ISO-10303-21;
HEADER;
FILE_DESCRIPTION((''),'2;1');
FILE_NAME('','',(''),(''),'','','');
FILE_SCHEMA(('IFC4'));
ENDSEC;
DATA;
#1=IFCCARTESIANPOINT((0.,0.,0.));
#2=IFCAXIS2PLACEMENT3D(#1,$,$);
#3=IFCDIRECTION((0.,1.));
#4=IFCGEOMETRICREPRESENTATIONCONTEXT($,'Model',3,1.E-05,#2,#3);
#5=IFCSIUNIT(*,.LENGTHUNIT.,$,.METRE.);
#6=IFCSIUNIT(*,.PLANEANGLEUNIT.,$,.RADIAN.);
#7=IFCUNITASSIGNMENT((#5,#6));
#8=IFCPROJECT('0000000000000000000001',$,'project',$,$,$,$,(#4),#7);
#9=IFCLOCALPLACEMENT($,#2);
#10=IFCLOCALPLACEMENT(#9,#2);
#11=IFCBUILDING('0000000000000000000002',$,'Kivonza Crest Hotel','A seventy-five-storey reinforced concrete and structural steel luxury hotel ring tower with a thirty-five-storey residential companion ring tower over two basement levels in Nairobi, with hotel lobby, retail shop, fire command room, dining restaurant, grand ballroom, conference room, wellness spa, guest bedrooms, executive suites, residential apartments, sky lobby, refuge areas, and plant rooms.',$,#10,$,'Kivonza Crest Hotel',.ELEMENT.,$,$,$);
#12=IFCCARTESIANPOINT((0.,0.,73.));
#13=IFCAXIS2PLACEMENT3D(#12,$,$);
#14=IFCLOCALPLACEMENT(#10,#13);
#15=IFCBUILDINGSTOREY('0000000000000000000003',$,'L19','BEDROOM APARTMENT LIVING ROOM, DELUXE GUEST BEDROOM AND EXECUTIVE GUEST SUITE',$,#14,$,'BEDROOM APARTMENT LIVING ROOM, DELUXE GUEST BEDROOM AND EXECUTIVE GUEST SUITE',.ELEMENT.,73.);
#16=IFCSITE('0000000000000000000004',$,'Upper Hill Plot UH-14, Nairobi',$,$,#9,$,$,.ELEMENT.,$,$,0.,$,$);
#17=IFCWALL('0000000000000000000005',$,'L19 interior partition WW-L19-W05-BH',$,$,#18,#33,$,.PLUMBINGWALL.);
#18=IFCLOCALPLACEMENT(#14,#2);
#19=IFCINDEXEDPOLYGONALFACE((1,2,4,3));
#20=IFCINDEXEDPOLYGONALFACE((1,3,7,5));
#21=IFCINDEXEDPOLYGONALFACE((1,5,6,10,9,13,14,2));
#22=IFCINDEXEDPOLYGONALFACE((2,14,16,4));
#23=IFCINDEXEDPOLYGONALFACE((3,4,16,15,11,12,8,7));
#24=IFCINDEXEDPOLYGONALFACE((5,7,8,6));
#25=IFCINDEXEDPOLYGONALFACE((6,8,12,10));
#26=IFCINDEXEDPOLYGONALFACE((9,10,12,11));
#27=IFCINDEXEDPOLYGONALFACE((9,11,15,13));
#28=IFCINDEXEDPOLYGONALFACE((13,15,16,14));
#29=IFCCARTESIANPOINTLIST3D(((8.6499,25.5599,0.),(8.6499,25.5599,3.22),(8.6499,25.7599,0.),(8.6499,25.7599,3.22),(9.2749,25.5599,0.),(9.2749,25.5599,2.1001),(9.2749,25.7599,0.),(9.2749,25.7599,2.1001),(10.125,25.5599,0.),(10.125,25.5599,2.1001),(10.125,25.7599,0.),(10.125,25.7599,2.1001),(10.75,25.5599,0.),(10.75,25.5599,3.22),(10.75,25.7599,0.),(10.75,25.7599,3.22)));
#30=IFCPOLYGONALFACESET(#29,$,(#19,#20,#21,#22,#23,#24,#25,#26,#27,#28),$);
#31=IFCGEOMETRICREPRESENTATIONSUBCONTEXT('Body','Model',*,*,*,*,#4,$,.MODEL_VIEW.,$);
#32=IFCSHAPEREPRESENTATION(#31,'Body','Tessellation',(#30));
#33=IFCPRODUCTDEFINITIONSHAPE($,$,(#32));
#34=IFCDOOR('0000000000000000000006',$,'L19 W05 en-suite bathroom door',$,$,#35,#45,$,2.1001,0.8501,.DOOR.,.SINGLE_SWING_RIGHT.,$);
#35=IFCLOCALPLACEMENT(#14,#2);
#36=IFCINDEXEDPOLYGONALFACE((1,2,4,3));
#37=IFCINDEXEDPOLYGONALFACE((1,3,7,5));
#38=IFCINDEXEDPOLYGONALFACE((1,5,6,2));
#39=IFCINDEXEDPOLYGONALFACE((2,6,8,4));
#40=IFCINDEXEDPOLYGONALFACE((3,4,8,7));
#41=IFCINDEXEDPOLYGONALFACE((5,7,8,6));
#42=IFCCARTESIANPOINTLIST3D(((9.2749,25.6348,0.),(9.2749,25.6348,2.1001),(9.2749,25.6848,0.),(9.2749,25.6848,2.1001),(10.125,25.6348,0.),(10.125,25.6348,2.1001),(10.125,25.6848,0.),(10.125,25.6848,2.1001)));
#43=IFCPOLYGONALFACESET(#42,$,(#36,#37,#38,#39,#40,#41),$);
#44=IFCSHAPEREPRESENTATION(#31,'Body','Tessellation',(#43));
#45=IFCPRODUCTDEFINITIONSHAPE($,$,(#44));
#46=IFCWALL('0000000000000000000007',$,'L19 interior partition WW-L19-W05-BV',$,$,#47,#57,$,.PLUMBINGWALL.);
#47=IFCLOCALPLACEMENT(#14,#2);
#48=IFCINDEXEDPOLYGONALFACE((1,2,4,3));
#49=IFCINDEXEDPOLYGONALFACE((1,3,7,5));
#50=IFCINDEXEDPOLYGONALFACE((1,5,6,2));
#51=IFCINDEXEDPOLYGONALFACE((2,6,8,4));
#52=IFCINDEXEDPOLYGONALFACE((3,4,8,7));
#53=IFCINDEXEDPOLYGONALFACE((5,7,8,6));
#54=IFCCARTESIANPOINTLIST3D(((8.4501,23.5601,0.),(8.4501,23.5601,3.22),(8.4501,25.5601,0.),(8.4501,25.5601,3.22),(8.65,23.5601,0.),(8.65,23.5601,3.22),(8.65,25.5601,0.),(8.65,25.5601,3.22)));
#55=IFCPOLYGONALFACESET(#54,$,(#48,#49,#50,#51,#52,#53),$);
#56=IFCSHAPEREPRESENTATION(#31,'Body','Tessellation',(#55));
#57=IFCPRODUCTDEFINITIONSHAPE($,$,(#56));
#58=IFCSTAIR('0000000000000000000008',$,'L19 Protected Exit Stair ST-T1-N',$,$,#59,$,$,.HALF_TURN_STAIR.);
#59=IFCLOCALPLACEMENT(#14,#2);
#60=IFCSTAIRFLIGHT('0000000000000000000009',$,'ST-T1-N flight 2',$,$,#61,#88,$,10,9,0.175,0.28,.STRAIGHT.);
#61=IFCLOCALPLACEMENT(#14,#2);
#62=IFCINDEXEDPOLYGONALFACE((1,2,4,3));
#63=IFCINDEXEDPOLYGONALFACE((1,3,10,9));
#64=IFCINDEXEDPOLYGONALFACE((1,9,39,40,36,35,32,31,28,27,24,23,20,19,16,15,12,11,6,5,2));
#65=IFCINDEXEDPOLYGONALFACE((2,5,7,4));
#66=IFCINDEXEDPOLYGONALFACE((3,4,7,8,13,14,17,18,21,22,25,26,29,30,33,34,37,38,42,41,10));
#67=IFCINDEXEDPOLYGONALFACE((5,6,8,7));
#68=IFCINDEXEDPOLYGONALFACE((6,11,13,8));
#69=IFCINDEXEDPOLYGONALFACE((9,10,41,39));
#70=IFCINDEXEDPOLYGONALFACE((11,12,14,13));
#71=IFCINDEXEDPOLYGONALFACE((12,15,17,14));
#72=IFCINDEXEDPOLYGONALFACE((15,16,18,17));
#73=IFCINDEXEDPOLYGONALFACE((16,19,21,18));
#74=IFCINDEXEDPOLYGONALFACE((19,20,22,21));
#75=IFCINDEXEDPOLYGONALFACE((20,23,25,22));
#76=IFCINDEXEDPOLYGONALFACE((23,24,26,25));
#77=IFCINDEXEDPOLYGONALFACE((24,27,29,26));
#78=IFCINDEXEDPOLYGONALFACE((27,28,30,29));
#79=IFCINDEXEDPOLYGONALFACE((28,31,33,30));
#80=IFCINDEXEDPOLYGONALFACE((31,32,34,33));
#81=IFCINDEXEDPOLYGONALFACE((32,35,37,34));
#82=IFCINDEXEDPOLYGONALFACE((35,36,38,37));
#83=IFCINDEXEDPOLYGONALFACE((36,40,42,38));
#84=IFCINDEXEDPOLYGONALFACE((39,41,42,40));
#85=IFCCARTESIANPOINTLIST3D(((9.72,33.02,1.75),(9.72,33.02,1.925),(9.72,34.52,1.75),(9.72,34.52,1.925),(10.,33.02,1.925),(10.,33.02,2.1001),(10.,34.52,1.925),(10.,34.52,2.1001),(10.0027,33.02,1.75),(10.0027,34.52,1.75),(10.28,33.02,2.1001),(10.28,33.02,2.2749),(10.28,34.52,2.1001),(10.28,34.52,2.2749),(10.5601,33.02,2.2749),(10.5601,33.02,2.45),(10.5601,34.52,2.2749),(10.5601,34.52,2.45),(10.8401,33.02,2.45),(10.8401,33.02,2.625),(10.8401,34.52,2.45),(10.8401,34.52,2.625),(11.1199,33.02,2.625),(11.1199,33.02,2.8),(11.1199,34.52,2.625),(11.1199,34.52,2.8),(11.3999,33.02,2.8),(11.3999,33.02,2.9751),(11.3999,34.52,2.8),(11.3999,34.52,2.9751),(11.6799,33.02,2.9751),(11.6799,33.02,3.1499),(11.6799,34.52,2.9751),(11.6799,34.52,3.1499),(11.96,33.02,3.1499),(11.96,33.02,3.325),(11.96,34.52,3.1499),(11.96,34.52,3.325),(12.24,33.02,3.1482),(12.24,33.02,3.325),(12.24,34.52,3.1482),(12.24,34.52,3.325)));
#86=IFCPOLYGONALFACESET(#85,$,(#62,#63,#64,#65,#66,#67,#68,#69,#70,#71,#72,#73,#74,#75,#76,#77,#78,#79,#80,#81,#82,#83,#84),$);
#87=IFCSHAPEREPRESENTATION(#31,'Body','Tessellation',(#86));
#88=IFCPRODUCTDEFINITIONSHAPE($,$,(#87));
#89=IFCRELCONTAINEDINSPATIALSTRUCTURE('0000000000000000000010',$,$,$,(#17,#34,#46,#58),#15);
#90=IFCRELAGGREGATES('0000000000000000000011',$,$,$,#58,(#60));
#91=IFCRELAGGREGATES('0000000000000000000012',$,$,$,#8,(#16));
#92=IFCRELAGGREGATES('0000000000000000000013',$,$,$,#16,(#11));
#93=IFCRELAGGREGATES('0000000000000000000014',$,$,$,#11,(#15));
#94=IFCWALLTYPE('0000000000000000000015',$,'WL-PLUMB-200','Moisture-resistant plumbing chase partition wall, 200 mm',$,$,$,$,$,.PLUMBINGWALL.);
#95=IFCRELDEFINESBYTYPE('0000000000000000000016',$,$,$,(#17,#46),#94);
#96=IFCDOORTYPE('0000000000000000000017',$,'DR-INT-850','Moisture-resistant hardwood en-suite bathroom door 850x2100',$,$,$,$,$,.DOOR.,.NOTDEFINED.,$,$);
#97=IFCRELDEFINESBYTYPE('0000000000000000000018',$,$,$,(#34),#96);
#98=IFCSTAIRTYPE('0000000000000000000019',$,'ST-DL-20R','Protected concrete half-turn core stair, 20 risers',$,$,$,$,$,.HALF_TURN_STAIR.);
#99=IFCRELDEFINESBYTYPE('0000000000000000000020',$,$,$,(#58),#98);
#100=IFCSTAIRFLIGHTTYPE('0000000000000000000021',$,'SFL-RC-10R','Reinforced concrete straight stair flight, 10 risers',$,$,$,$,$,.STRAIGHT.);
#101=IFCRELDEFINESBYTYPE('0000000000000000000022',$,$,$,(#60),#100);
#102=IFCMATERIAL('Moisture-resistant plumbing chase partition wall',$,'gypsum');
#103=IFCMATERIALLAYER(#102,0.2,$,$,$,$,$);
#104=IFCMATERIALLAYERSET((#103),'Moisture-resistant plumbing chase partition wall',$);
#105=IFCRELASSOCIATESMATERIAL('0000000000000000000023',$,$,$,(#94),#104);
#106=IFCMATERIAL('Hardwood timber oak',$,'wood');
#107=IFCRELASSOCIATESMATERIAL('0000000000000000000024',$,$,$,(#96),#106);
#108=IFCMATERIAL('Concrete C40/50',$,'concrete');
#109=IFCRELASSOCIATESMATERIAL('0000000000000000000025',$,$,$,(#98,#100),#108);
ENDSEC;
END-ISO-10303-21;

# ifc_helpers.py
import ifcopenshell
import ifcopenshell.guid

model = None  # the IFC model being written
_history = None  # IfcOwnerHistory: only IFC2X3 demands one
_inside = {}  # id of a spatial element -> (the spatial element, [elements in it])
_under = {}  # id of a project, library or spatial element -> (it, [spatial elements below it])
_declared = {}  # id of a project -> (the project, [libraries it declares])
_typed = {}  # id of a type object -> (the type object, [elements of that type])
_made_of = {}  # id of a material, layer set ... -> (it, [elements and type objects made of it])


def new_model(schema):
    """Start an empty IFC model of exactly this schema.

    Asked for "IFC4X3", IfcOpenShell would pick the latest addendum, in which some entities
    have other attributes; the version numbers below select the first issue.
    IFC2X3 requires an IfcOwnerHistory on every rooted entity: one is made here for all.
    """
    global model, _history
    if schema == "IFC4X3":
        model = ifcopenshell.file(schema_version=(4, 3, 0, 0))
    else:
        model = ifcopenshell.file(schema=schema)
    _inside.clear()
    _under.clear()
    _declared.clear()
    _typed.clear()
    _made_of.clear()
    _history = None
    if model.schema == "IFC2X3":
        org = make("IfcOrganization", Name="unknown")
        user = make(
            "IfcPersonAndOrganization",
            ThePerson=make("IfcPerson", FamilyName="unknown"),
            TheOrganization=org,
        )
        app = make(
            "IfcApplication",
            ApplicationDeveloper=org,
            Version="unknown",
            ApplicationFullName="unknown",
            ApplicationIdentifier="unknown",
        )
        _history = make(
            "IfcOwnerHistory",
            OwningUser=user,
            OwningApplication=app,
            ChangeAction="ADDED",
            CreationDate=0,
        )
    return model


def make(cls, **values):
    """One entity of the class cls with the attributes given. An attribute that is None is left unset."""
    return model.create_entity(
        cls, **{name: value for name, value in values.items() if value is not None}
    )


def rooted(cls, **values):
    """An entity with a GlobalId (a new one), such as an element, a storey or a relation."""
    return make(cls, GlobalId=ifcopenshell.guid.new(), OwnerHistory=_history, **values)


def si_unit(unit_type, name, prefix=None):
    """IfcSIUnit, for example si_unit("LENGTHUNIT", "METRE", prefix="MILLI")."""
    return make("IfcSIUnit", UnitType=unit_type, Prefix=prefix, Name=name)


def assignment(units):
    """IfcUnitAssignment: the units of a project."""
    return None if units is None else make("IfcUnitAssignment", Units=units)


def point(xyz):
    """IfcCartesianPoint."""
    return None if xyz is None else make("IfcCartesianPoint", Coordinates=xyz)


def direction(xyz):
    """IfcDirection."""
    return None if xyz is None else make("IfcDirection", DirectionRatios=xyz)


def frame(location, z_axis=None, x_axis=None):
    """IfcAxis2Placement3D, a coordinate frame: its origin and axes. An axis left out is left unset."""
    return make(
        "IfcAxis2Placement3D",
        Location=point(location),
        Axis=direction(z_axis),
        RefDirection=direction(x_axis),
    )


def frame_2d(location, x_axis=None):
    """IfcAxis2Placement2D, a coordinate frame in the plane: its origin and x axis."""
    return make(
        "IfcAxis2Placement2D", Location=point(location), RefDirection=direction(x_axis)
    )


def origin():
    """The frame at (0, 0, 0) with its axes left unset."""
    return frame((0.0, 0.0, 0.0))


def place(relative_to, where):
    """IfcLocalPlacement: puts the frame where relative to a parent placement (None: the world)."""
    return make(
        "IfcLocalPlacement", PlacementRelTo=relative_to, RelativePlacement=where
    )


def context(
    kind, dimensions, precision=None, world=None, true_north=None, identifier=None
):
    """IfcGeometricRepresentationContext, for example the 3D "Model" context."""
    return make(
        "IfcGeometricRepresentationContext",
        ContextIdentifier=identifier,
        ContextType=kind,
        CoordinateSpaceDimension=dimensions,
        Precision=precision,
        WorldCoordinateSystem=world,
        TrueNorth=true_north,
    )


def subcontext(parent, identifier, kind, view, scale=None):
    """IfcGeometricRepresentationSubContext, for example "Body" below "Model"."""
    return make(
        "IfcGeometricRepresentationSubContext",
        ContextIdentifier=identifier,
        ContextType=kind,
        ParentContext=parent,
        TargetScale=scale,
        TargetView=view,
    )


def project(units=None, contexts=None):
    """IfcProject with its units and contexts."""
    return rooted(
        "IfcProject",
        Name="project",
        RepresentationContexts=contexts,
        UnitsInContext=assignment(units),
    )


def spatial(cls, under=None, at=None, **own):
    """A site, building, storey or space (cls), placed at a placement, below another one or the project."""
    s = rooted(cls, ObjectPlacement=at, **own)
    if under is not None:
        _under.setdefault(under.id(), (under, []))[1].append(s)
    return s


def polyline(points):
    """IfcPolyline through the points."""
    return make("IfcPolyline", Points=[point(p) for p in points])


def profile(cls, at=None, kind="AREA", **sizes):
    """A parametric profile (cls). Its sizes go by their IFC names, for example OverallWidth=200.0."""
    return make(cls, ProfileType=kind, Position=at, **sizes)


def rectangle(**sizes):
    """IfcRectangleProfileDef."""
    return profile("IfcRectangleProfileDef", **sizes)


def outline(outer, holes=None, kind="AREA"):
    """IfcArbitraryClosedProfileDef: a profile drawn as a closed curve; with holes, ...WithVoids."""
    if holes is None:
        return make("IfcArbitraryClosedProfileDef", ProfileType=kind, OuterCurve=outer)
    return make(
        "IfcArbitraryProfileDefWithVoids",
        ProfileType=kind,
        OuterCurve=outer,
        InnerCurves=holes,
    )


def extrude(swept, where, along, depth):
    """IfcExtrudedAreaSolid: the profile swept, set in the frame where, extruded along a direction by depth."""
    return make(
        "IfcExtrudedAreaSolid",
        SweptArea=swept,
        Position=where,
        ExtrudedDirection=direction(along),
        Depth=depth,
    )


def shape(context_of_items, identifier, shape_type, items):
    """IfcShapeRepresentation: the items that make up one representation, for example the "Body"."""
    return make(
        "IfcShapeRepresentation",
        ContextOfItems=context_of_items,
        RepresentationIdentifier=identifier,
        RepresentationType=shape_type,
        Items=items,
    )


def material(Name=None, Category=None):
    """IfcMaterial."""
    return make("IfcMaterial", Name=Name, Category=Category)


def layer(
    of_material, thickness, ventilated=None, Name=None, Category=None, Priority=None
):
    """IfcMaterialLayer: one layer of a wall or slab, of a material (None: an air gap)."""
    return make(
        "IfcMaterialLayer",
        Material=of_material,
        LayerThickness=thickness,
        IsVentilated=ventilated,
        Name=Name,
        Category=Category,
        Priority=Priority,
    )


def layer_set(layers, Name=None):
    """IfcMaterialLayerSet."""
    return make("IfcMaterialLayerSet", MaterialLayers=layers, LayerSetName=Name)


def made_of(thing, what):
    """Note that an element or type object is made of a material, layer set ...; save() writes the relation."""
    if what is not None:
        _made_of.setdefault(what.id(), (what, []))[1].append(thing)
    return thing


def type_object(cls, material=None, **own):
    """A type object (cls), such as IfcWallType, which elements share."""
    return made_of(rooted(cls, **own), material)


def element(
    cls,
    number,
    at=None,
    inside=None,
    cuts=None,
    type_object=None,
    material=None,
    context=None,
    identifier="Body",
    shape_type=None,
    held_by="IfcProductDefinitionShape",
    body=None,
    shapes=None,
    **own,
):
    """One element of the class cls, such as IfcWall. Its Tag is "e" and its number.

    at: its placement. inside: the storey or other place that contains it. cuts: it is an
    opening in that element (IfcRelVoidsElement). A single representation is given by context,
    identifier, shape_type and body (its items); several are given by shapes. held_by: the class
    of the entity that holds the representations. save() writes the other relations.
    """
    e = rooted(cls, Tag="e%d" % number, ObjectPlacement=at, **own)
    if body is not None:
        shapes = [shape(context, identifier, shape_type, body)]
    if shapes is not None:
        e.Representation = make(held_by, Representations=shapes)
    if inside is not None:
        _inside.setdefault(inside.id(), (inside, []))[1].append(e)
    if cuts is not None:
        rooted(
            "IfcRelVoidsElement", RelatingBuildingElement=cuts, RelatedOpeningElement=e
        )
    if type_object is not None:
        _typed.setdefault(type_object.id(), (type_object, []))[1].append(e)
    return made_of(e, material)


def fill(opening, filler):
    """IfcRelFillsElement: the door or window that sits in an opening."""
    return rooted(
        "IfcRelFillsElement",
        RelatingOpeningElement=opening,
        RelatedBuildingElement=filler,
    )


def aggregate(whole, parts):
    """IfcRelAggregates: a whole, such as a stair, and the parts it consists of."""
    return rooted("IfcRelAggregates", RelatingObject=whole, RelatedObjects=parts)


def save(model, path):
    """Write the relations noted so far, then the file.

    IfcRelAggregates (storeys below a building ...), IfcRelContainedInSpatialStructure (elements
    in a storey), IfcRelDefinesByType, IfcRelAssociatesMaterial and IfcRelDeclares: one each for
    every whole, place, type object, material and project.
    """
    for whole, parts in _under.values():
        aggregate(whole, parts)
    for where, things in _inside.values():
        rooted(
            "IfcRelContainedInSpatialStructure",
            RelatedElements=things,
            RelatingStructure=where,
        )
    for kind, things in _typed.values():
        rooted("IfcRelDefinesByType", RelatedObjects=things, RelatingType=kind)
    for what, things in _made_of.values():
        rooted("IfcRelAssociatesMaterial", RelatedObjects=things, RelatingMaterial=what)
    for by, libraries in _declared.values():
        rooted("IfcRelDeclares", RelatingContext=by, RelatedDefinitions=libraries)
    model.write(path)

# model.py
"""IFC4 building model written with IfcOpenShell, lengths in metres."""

from ifc_helpers import new_model, si_unit, direction, frame, frame_2d, origin, place, context, subcontext, project, spatial, polyline, rectangle, outline, extrude, material, layer, layer_set, type_object, element, fill, aggregate, save


model = new_model("IFC4")

# Units and contexts
model_context = context("Model", 3, precision=1e-05, world=origin(), true_north=direction((0.0, 1.0)))
body_context = subcontext(model_context, "Body", "Model", "MODEL_VIEW")
ifc_project = project(units=[si_unit("LENGTHUNIT", "METRE"), si_unit("PLANEANGLEUNIT", "RADIAN")], contexts=[model_context])

# Site, building, storey
site_placement = place(None, origin())
site = spatial("IfcSite", under=ifc_project, at=site_placement, Name="Upper Hill Plot UH-14, Nairobi", CompositionType="ELEMENT", RefElevation=0.0)
building_placement = place(site_placement, origin())
building = spatial("IfcBuilding", under=site, at=building_placement, Name="Kivonza Crest Hotel", Description="A seventy-five-storey reinforced concrete and structural steel luxury hotel ring tower with a thirty-five-storey residential companion ring tower over two basement levels in Nairobi, with hotel lobby, retail shop, fire command room, dining restaurant, grand ballroom, conference room, wellness spa, guest bedrooms, executive suites, residential apartments, sky lobby, refuge areas, and plant rooms.", LongName="Kivonza Crest Hotel", CompositionType="ELEMENT")
storey_placement = place(building_placement, frame((0.0, 0.0, 73.0)))
storey = spatial("IfcBuildingStorey", under=building, at=storey_placement, Name="L19", Description="BEDROOM APARTMENT LIVING ROOM, DELUXE GUEST BEDROOM AND EXECUTIVE GUEST SUITE", LongName="BEDROOM APARTMENT LIVING ROOM, DELUXE GUEST BEDROOM AND EXECUTIVE GUEST SUITE", CompositionType="ELEMENT", Elevation=73.0)

# Shared definitions
ifc_material_1 = material(Name="Hardwood timber oak", Category="wood")

# Wall, opening, door
ifc_material_2 = material(Name="Moisture-resistant plumbing chase partition wall", Category="gypsum")
ifc_layer_1 = layer(ifc_material_2, 0.2)
ifc_layer_set_1 = layer_set([ifc_layer_1], Name="Moisture-resistant plumbing chase partition wall")
wall_type_1 = type_object("IfcWallType", Name="WL-PLUMB-200", Description="Moisture-resistant plumbing chase partition wall, 200 mm", PredefinedType="PLUMBINGWALL", material=ifc_layer_set_1)
wall_1_placement = place(storey_placement, frame((8.6499, 25.6599, 0.0), z_axis=(0.0, 0.0, 1.0), x_axis=(1.0, 0.0, 0.0)))
wall_1 = element("IfcWall", 1, at=wall_1_placement, inside=storey, type_object=wall_type_1, Name="L19 interior partition WW-L19-W05-BH", PredefinedType="PLUMBINGWALL", context=body_context, shape_type="SweptSolid", body=[
    extrude(rectangle(XDim=2.1001, YDim=0.2, at=frame_2d((1.05, 0.0))), origin(), (0.0, 0.0, 1.0), 3.22),
])
opening_1_placement = place(wall_1_placement, frame((0.625, 0.0, 0.0)))
opening_1 = element("IfcOpeningElement", 2, at=opening_1_placement, cuts=wall_1, PredefinedType="OPENING", context=body_context, shape_type="SweptSolid", body=[
    extrude(rectangle(XDim=0.8501, YDim=2.1001, at=frame_2d((0.425, 1.05))), frame((0.0, 0.1099, 0.0), z_axis=(0.0, -1.0, 0.0), x_axis=(1.0, 0.0, 0.0)), (0.0, 0.0, 1.0), 0.22),
])
door_type_1 = type_object("IfcDoorType", Name="DR-INT-850", Description="Moisture-resistant hardwood en-suite bathroom door 850x2100", OperationType="NOTDEFINED", PredefinedType="DOOR", material=ifc_material_1)
door_1_placement = place(opening_1_placement, origin())
door_1 = element("IfcDoor", 3, at=door_1_placement, inside=storey, type_object=door_type_1, Name="L19 W05 en-suite bathroom door", OperationType="SINGLE_SWING_RIGHT", OverallHeight=2.1001, OverallWidth=0.8501, PredefinedType="DOOR", context=body_context, shape_type="SweptSolid", body=[
    extrude(rectangle(XDim=0.8501, YDim=2.1001, at=frame_2d((0.425, 1.05))), frame((0.0, 0.0249, 0.0), z_axis=(0.0, -1.0, 0.0), x_axis=(1.0, 0.0, 0.0)), (0.0, 0.0, 1.0), 0.05),
])
fill(opening_1, door_1)

# Wall
wall_2_placement = place(storey_placement, frame((8.55, 23.5601, 0.0), z_axis=(0.0, 0.0, 1.0), x_axis=(0.0, 1.0, 0.0)))
element("IfcWall", 4, at=wall_2_placement, inside=storey, type_object=wall_type_1, Name="L19 interior partition WW-L19-W05-BV", PredefinedType="PLUMBINGWALL", context=body_context, shape_type="SweptSolid", body=[
    extrude(rectangle(XDim=2.0, YDim=0.2, at=frame_2d((1.0, 0.0))), origin(), (0.0, 0.0, 1.0), 3.22),
])

# Stair, stair flight
ifc_material_3 = material(Name="Concrete C40/50", Category="concrete")
stair_type = type_object("IfcStairType", Name="ST-DL-20R", Description="Protected concrete half-turn core stair, 20 risers", PredefinedType="HALF_TURN_STAIR", material=ifc_material_3)
stair_placement = place(storey_placement, origin())
stair = element("IfcStair", 5, at=stair_placement, inside=storey, type_object=stair_type, Name="L19 Protected Exit Stair ST-T1-N", PredefinedType="HALF_TURN_STAIR")
stair_flight_type = type_object("IfcStairFlightType", Name="SFL-RC-10R", Description="Reinforced concrete straight stair flight, 10 risers", PredefinedType="STRAIGHT", material=ifc_material_3)
stair_flight_placement = place(storey_placement, frame((9.72, 33.77, 1.75), z_axis=(0.0, 0.0, 1.0), x_axis=(1.0, 0.0, 0.0)))
stair_flight = element("IfcStairFlight", 6, at=stair_flight_placement, type_object=stair_flight_type, Name="ST-T1-N flight 2", NumberOfRisers=10, NumberOfTreads=9, PredefinedType="STRAIGHT", RiserHeight=0.175, TreadLength=0.28, context=body_context, shape_type="SweptSolid", body=[
    extrude(outline(polyline([(0.0, 0.0), (0.0, 0.175), (0.28, 0.175), (0.28, 0.3501), (0.5601, 0.3501), (0.5601, 0.5249), (0.8401, 0.5249), (0.8401, 0.7), (1.1201, 0.7), (1.1201, 0.875), (1.3999, 0.875), (1.3999, 1.05), (1.6799, 1.05), (1.6799, 1.2251), (1.96, 1.2251), (1.96, 1.3999), (2.24, 1.3999), (2.24, 1.575), (2.52, 1.575), (2.52, 1.75), (2.52, 1.3982), (0.2827, 0.0), (0.0, 0.0)])), frame((0.0, 0.75, 0.0), z_axis=(0.0, -1.0, 0.0), x_axis=(1.0, 0.0, 0.0)), (0.0, 0.0, 1.0), 1.5),
])
aggregate(stair, [stair_flight])

save(model, "model.ifc")
